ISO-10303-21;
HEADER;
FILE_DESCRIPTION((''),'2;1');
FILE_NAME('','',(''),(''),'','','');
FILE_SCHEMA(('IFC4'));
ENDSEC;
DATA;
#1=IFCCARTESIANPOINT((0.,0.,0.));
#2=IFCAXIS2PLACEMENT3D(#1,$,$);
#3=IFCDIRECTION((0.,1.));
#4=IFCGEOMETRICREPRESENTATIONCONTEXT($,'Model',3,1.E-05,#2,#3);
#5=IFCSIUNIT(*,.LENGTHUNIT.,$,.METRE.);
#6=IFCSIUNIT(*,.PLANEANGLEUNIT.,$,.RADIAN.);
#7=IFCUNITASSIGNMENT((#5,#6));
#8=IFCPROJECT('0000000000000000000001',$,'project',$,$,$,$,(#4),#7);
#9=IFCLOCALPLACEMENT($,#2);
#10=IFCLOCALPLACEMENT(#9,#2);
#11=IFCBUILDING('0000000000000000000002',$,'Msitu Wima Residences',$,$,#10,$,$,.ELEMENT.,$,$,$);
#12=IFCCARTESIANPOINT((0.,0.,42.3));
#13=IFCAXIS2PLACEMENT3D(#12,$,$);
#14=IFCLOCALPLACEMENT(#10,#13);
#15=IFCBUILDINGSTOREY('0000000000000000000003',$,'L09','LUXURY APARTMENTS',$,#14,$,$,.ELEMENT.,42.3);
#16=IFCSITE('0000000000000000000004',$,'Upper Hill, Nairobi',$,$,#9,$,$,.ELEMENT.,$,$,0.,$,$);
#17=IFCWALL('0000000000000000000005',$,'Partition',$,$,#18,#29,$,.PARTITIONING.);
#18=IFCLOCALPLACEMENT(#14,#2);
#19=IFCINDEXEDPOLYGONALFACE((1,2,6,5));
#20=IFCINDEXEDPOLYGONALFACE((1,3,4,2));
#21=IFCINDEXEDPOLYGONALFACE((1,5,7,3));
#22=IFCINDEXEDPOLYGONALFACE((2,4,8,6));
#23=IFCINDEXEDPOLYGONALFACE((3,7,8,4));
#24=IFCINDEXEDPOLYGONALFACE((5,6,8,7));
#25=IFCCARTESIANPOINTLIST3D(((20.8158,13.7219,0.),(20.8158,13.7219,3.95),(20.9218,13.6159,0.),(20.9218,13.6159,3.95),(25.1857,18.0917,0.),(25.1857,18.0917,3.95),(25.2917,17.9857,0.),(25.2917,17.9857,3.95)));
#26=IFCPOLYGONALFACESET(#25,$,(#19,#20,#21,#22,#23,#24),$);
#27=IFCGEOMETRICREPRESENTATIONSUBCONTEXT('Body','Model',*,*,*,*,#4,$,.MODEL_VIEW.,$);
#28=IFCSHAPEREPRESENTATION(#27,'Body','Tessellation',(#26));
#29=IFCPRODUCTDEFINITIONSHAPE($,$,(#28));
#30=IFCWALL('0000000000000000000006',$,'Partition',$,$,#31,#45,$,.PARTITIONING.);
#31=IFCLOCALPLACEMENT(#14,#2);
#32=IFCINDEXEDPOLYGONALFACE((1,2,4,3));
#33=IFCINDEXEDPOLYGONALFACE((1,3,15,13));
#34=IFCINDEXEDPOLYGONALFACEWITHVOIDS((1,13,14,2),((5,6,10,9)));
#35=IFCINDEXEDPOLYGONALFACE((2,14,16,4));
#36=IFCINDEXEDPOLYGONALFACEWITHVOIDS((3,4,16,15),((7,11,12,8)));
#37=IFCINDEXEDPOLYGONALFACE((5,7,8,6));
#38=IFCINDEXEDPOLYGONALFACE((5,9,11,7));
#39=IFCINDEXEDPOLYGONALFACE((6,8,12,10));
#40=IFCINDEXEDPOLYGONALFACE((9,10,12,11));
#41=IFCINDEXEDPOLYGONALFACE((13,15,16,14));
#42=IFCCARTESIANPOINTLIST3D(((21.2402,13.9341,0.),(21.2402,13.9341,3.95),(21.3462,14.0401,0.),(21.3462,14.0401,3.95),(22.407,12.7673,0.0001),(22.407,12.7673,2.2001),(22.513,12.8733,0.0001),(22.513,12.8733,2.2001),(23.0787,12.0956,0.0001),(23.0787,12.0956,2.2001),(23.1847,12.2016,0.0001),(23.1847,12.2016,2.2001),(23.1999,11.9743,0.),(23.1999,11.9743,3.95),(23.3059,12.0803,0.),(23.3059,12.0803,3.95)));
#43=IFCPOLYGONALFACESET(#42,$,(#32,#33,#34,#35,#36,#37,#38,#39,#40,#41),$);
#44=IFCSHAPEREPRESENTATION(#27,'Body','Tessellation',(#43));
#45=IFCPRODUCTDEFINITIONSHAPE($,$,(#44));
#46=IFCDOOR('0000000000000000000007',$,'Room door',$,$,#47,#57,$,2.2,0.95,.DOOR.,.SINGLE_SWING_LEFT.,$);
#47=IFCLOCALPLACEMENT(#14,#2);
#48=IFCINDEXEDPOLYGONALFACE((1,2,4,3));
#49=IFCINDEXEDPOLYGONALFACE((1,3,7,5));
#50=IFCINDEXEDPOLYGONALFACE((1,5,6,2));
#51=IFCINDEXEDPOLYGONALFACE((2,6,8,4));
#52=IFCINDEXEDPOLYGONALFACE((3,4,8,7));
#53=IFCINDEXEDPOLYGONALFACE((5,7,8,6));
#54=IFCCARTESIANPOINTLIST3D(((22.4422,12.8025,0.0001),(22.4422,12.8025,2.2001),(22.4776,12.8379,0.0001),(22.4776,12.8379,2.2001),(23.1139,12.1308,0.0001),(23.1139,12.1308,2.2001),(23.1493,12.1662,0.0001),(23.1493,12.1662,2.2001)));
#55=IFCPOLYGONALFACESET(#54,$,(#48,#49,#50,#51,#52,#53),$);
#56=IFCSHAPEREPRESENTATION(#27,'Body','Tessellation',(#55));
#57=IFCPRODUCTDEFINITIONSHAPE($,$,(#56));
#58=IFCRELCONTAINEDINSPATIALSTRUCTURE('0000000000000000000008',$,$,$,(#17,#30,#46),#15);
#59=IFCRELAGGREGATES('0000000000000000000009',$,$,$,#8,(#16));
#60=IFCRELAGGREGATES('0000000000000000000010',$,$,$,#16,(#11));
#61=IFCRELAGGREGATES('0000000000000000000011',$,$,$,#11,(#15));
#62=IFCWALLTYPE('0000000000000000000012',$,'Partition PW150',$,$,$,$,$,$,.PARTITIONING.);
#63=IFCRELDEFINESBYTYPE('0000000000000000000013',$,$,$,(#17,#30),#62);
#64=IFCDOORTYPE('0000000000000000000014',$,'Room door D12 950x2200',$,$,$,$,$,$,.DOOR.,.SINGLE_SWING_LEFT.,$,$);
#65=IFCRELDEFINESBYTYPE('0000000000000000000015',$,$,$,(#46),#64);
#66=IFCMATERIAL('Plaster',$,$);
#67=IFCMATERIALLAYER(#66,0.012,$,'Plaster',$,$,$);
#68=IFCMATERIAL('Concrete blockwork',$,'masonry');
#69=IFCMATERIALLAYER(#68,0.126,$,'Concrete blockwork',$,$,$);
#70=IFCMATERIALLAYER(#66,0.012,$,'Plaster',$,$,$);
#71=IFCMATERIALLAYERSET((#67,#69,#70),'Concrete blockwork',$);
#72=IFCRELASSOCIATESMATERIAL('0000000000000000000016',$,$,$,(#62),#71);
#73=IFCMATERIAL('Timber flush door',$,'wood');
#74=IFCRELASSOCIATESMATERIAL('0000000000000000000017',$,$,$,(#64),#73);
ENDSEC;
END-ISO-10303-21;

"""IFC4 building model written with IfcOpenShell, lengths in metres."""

from ifc_helpers import new_model, si_unit, direction, frame, frame_2d, origin, place, context, subcontext, project, spatial, rectangle, extrude, material, layer, layer_set, type_object, element, fill, save


model = new_model("IFC4")

# Units and contexts
model_context = context("Model", 3, precision=1e-05, world=origin(), true_north=direction((0.0, 1.0)))
body_context = subcontext(model_context, "Body", "Model", "MODEL_VIEW")
ifc_project = project(units=[si_unit("LENGTHUNIT", "METRE"), si_unit("PLANEANGLEUNIT", "RADIAN")], contexts=[model_context])

# Site, building, storey
site_placement = place(None, origin())
site = spatial("IfcSite", under=ifc_project, at=site_placement, Name="Upper Hill, Nairobi", CompositionType="ELEMENT", RefElevation=0.0)
building_placement = place(site_placement, origin())
building = spatial("IfcBuilding", under=site, at=building_placement, Name="Msitu Wima Residences", CompositionType="ELEMENT")
storey_placement = place(building_placement, frame((0.0, 0.0, 42.3)))
storey = spatial("IfcBuildingStorey", under=building, at=storey_placement, Name="L09", Description="LUXURY APARTMENTS", CompositionType="ELEMENT", Elevation=42.3)

# Shared definitions
ifc_material_1 = material(Name="Plaster")
ifc_layer_1 = layer(ifc_material_1, 0.012, Name="Plaster")
ifc_material_2 = material(Name="Concrete blockwork", Category="masonry")
ifc_layer_2 = layer(ifc_material_2, 0.126, Name="Concrete blockwork")
ifc_layer_3 = layer(ifc_material_1, 0.012, Name="Plaster")
ifc_layer_set_1 = layer_set([ifc_layer_1, ifc_layer_2, ifc_layer_3], Name="Concrete blockwork")
wall_type_1 = type_object("IfcWallType", Name="Partition PW150", PredefinedType="PARTITIONING", material=ifc_layer_set_1)

# Shared definitions
ifc_material_3 = material(Name="Timber flush door", Category="wood")
door_type_1 = type_object("IfcDoorType", Name="Room door D12 950x2200", OperationType="SINGLE_SWING_LEFT", PredefinedType="DOOR", material=ifc_material_3)

# Wall
wall_1_placement = place(storey_placement, frame((20.8689, 13.6689, 0.0), z_axis=(0.0, 0.0, 1.0), x_axis=(0.707107, 0.707107, 0.0)))
element("IfcWall", 1, at=wall_1_placement, inside=storey, type_object=wall_type_1, Name="Partition", PredefinedType="PARTITIONING", context=body_context, shape_type="SweptSolid", body=[
    extrude(rectangle(XDim=6.1799, YDim=0.1499, at=frame_2d((3.0898, 0.0))), origin(), (0.0, 0.0, 1.0), 3.95),
])

# Wall, opening, door
wall_2_placement = place(storey_placement, frame((21.2932, 13.9871, 0.0), z_axis=(0.0, 0.0, 1.0), x_axis=(0.707107, -0.707107, 0.0)))
wall_2 = element("IfcWall", 2, at=wall_2_placement, inside=storey, type_object=wall_type_1, Name="Partition", PredefinedType="PARTITIONING", context=body_context, shape_type="SweptSolid", body=[
    extrude(rectangle(XDim=2.7715, YDim=0.1499, at=frame_2d((1.3857, 0.0))), origin(), (0.0, 0.0, 1.0), 3.95),
])
opening_1_placement = place(wall_2_placement, frame((1.6499, 0.0, 0.0)))
opening_1 = element("IfcOpeningElement", 3, at=opening_1_placement, cuts=wall_2, PredefinedType="OPENING", context=body_context, shape_type="SweptSolid", body=[
    extrude(rectangle(XDim=0.95, YDim=2.2, at=frame_2d((0.4751, 1.1001))), frame((0.0, 0.085, 0.0), z_axis=(0.0, -1.0, 0.0), x_axis=(1.0, 0.0, 0.0)), (0.0, 0.0, 1.0), 0.1699),
])
door_1_placement = place(opening_1_placement, origin())
door_1 = element("IfcDoor", 4, at=door_1_placement, inside=storey, type_object=door_type_1, Name="Room door", OperationType="SINGLE_SWING_LEFT", OverallHeight=2.2, OverallWidth=0.95, PredefinedType="DOOR", context=body_context, shape_type="SweptSolid", body=[
    extrude(rectangle(XDim=0.95, YDim=2.2, at=frame_2d((0.4751, 1.1001))), frame((0.0, 0.0249, 0.0), z_axis=(0.0, -1.0, 0.0), x_axis=(1.0, 0.0, 0.0)), (0.0, 0.0, 1.0), 0.05),
])
fill(opening_1, door_1)

save(model, "model.ifc")
